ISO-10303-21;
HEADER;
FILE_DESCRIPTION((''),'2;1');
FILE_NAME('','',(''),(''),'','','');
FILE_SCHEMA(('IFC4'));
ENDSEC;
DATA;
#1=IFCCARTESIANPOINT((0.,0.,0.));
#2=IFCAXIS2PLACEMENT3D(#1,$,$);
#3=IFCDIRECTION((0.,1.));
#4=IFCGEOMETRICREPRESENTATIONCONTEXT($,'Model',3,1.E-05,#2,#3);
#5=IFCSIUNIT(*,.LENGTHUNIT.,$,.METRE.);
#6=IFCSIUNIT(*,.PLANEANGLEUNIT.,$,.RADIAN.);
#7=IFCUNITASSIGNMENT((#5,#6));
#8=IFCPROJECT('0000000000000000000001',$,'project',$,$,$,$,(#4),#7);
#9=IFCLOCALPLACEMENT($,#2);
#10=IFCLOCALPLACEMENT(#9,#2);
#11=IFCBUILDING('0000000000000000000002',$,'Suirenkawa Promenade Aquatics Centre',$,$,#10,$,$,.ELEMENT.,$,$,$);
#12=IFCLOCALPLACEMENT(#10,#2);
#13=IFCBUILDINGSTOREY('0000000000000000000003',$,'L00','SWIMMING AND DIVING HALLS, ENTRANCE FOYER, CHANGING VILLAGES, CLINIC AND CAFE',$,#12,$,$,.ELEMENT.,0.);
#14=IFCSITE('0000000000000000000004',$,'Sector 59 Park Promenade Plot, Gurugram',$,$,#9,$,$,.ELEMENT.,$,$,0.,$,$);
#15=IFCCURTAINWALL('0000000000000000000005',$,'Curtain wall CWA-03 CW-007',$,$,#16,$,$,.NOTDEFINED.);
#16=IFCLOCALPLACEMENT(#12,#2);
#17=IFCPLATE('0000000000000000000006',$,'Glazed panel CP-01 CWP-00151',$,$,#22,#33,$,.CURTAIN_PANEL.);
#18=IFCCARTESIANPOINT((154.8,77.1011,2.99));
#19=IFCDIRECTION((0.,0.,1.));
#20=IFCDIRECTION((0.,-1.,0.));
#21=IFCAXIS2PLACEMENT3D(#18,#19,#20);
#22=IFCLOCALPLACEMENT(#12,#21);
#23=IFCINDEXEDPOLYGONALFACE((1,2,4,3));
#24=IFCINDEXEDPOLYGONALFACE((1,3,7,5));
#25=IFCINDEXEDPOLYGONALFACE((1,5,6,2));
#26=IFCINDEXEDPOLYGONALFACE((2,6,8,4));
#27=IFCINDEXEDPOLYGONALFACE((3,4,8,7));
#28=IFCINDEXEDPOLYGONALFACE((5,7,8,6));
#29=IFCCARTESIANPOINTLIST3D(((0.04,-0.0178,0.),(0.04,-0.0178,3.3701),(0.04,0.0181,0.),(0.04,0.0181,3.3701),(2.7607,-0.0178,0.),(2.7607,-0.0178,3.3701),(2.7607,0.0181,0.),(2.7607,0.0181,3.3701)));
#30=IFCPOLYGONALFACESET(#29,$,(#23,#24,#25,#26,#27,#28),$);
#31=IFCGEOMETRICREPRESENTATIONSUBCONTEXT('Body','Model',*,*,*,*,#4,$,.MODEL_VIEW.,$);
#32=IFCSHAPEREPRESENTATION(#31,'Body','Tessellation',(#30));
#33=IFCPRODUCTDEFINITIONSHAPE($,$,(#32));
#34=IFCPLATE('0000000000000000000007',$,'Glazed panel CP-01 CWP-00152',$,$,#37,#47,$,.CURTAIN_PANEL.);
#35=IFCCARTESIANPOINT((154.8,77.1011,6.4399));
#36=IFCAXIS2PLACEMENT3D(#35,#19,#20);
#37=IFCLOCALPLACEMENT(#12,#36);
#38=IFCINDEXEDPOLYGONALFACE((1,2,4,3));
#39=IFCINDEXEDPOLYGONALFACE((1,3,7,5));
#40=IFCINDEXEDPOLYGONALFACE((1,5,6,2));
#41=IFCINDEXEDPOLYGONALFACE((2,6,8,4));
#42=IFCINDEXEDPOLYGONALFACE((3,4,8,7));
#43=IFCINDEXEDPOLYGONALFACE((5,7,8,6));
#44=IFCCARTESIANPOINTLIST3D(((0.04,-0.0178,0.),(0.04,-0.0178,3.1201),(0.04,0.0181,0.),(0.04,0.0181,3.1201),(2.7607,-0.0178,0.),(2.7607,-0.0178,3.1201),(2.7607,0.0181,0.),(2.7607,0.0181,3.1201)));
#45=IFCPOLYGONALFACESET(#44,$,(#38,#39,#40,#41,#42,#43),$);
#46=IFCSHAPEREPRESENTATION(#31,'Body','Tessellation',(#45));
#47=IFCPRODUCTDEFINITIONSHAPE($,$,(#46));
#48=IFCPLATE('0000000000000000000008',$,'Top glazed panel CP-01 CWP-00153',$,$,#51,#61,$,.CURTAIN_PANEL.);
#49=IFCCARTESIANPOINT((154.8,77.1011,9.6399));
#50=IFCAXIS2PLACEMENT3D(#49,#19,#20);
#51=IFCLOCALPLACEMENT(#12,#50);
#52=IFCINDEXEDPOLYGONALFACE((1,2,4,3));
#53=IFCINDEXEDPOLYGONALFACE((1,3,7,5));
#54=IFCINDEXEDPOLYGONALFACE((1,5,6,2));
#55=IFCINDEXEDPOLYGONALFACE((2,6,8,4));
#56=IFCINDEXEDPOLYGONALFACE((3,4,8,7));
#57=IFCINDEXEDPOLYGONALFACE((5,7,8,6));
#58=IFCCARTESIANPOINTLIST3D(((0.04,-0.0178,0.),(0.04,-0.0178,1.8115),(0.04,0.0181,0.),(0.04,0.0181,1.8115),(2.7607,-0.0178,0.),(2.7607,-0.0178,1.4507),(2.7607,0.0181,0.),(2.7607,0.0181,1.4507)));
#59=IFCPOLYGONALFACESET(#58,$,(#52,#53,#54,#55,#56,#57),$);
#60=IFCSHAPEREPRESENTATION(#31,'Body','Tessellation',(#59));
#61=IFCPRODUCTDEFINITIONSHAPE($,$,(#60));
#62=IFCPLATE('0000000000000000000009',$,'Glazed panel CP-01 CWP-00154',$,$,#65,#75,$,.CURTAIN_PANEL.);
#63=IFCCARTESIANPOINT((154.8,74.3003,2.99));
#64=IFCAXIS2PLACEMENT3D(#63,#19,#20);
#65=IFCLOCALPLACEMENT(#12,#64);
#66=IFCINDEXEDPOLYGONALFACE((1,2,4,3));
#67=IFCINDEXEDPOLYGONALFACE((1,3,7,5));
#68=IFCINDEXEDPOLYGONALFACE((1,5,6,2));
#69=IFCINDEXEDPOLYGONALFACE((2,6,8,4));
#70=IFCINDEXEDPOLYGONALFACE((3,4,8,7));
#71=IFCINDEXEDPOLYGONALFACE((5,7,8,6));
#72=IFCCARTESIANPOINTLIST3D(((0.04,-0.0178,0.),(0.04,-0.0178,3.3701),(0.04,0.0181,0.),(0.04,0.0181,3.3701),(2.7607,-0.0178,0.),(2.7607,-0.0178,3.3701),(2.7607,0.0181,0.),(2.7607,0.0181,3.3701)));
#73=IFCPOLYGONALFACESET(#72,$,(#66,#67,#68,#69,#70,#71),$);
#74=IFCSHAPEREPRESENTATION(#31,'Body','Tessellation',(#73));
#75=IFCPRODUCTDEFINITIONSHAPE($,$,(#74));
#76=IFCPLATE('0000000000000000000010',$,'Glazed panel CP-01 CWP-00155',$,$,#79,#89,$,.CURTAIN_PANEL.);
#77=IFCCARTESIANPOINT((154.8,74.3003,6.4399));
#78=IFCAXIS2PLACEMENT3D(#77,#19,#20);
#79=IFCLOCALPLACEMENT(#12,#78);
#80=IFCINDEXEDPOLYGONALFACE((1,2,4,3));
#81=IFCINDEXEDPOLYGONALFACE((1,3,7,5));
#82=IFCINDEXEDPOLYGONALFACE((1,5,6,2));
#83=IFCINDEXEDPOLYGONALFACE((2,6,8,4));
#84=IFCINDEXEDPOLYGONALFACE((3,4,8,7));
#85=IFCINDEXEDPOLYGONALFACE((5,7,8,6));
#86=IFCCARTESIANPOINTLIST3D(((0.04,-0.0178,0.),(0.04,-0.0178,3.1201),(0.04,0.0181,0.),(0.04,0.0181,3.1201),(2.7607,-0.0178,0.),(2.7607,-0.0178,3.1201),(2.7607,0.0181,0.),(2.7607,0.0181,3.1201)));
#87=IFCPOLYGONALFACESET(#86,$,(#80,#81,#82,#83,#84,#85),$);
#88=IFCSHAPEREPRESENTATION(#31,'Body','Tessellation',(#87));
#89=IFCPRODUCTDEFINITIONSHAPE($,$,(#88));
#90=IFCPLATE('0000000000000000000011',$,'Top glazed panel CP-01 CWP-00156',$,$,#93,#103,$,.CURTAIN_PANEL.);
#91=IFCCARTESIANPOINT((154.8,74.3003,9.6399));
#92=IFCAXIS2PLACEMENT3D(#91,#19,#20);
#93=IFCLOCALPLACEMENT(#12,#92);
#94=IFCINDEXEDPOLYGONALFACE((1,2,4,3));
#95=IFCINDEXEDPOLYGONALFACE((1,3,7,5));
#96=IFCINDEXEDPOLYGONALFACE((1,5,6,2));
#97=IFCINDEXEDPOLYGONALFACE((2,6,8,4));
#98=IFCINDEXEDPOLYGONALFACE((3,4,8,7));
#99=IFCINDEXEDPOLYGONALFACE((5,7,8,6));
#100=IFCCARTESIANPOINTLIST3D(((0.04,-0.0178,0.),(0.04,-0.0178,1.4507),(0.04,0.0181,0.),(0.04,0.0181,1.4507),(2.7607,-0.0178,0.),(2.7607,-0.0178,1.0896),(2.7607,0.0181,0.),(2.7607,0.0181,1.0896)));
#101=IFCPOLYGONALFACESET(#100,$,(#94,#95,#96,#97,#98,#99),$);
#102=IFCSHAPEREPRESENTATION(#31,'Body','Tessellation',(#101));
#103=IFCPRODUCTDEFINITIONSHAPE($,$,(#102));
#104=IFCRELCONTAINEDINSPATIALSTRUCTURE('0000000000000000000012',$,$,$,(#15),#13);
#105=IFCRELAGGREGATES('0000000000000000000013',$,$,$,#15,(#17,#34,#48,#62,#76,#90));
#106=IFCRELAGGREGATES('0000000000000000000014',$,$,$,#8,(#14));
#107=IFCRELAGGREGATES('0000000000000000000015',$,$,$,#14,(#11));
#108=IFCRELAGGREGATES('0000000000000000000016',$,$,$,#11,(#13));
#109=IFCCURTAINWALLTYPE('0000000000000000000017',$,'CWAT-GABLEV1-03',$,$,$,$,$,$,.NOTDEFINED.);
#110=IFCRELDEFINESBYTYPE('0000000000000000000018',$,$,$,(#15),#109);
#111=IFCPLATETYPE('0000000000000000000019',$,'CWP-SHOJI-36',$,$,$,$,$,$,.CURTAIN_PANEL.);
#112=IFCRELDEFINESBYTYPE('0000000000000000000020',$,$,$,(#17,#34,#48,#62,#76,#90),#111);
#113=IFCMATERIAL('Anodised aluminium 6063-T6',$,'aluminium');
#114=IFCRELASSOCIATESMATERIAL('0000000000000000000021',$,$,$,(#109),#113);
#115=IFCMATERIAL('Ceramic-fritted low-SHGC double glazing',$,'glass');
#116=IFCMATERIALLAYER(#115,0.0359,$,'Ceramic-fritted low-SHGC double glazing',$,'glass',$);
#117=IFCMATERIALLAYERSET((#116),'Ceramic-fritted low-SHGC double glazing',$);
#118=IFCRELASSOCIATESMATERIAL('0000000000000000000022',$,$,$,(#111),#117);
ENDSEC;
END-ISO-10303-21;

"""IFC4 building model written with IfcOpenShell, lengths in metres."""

from ifc_helpers import new_model, si_unit, direction, frame, origin, place, context, subcontext, project, spatial, polyline, outline, extrude, material, layer, layer_set, type_object, element, aggregate, save


model = new_model("IFC4")

# Units and contexts
model_context = context("Model", 3, precision=1e-05, world=origin(), true_north=direction((0.0, 1.0)))
body_context = subcontext(model_context, "Body", "Model", "MODEL_VIEW")
ifc_project = project(units=[si_unit("LENGTHUNIT", "METRE"), si_unit("PLANEANGLEUNIT", "RADIAN")], contexts=[model_context])

# Site, building, storey
site_placement = place(None, origin())
site = spatial("IfcSite", under=ifc_project, at=site_placement, Name="Sector 59 Park Promenade Plot, Gurugram", CompositionType="ELEMENT", RefElevation=0.0)
building_placement = place(site_placement, origin())
building = spatial("IfcBuilding", under=site, at=building_placement, Name="Suirenkawa Promenade Aquatics Centre", CompositionType="ELEMENT")
storey_placement = place(building_placement, origin())
storey = spatial("IfcBuildingStorey", under=building, at=storey_placement, Name="L00", Description="SWIMMING AND DIVING HALLS, ENTRANCE FOYER, CHANGING VILLAGES, CLINIC AND CAFE", CompositionType="ELEMENT", Elevation=0.0)

# Curtain wall, plates
ifc_material_1 = material(Name="Anodised aluminium 6063-T6", Category="aluminium")
curtain_wall_type = type_object("IfcCurtainWallType", Name="CWAT-GABLEV1-03", PredefinedType="NOTDEFINED", material=ifc_material_1)
curtain_wall_placement = place(storey_placement, origin())
curtain_wall = element("IfcCurtainWall", 1, at=curtain_wall_placement, inside=storey, type_object=curtain_wall_type, Name="Curtain wall CWA-03 CW-007", PredefinedType="NOTDEFINED")
ifc_material_2 = material(Name="Ceramic-fritted low-SHGC double glazing", Category="glass")
ifc_layer_1 = layer(ifc_material_2, 0.0359, Name="Ceramic-fritted low-SHGC double glazing", Category="glass")
ifc_layer_set_1 = layer_set([ifc_layer_1], Name="Ceramic-fritted low-SHGC double glazing")
plate_type = type_object("IfcPlateType", Name="CWP-SHOJI-36", PredefinedType="CURTAIN_PANEL", material=ifc_layer_set_1)
plate_1_placement = place(storey_placement, frame((154.8, 77.1011, 2.99), z_axis=(0.0, 0.0, 1.0), x_axis=(0.0, -1.0, 0.0)))
plate_1 = element("IfcPlate", 2, at=plate_1_placement, type_object=plate_type, Name="Glazed panel CP-01 CWP-00151", PredefinedType="CURTAIN_PANEL", context=body_context, shape_type="SweptSolid", body=[
    extrude(outline(polyline([(0.04, 0.0), (2.7607, 0.0), (2.7607, 3.3701), (0.04, 3.3701), (0.04, 0.0)])), frame((0.0, 0.0181, 0.0), z_axis=(0.0, -1.0, 0.0), x_axis=(1.0, 0.0, 0.0)), (0.0, 0.0, 1.0), 0.0359),
])
plate_2_placement = place(storey_placement, frame((154.8, 77.1011, 6.4399), z_axis=(0.0, 0.0, 1.0), x_axis=(0.0, -1.0, 0.0)))
plate_2 = element("IfcPlate", 3, at=plate_2_placement, type_object=plate_type, Name="Glazed panel CP-01 CWP-00152", PredefinedType="CURTAIN_PANEL", context=body_context, shape_type="SweptSolid", body=[
    extrude(outline(polyline([(0.04, 0.0), (2.7607, 0.0), (2.7607, 3.1201), (0.04, 3.1201), (0.04, 0.0)])), frame((0.0, 0.0181, 0.0), z_axis=(0.0, -1.0, 0.0), x_axis=(1.0, 0.0, 0.0)), (0.0, 0.0, 1.0), 0.0359),
])
plate_3_placement = place(storey_placement, frame((154.8, 77.1011, 9.6399), z_axis=(0.0, 0.0, 1.0), x_axis=(0.0, -1.0, 0.0)))
plate_3 = element("IfcPlate", 4, at=plate_3_placement, type_object=plate_type, Name="Top glazed panel CP-01 CWP-00153", PredefinedType="CURTAIN_PANEL", context=body_context, shape_type="SweptSolid", body=[
    extrude(outline(polyline([(0.04, 0.0), (2.7607, 0.0), (2.7607, 1.4507), (0.04, 1.8115), (0.04, 0.0)])), frame((0.0, 0.0181, 0.0), z_axis=(0.0, -1.0, 0.0), x_axis=(1.0, 0.0, 0.0)), (0.0, 0.0, 1.0), 0.0359),
])
plate_4_placement = place(storey_placement, frame((154.8, 74.3003, 2.99), z_axis=(0.0, 0.0, 1.0), x_axis=(0.0, -1.0, 0.0)))
plate_4 = element("IfcPlate", 5, at=plate_4_placement, type_object=plate_type, Name="Glazed panel CP-01 CWP-00154", PredefinedType="CURTAIN_PANEL", context=body_context, shape_type="SweptSolid", body=[
    extrude(outline(polyline([(0.04, 0.0), (2.7607, 0.0), (2.7607, 3.3701), (0.04, 3.3701), (0.04, 0.0)])), frame((0.0, 0.0181, 0.0), z_axis=(0.0, -1.0, 0.0), x_axis=(1.0, 0.0, 0.0)), (0.0, 0.0, 1.0), 0.0359),
])
plate_5_placement = place(storey_placement, frame((154.8, 74.3003, 6.4399), z_axis=(0.0, 0.0, 1.0), x_axis=(0.0, -1.0, 0.0)))
plate_5 = element("IfcPlate", 6, at=plate_5_placement, type_object=plate_type, Name="Glazed panel CP-01 CWP-00155", PredefinedType="CURTAIN_PANEL", context=body_context, shape_type="SweptSolid", body=[
    extrude(outline(polyline([(0.04, 0.0), (2.7607, 0.0), (2.7607, 3.1201), (0.04, 3.1201), (0.04, 0.0)])), frame((0.0, 0.0181, 0.0), z_axis=(0.0, -1.0, 0.0), x_axis=(1.0, 0.0, 0.0)), (0.0, 0.0, 1.0), 0.0359),
])
plate_6_placement = place(storey_placement, frame((154.8, 74.3003, 9.6399), z_axis=(0.0, 0.0, 1.0), x_axis=(0.0, -1.0, 0.0)))
plate_6 = element("IfcPlate", 7, at=plate_6_placement, type_object=plate_type, Name="Top glazed panel CP-01 CWP-00156", PredefinedType="CURTAIN_PANEL", context=body_context, shape_type="SweptSolid", body=[
    extrude(outline(polyline([(0.04, 0.0), (2.7607, 0.0), (2.7607, 1.0896), (0.04, 1.4507), (0.04, 0.0)])), frame((0.0, 0.0181, 0.0), z_axis=(0.0, -1.0, 0.0), x_axis=(1.0, 0.0, 0.0)), (0.0, 0.0, 1.0), 0.0359),
])
aggregate(curtain_wall, [plate_1, plate_2, plate_3, plate_4, plate_5, plate_6])

save(model, "model.ifc")
